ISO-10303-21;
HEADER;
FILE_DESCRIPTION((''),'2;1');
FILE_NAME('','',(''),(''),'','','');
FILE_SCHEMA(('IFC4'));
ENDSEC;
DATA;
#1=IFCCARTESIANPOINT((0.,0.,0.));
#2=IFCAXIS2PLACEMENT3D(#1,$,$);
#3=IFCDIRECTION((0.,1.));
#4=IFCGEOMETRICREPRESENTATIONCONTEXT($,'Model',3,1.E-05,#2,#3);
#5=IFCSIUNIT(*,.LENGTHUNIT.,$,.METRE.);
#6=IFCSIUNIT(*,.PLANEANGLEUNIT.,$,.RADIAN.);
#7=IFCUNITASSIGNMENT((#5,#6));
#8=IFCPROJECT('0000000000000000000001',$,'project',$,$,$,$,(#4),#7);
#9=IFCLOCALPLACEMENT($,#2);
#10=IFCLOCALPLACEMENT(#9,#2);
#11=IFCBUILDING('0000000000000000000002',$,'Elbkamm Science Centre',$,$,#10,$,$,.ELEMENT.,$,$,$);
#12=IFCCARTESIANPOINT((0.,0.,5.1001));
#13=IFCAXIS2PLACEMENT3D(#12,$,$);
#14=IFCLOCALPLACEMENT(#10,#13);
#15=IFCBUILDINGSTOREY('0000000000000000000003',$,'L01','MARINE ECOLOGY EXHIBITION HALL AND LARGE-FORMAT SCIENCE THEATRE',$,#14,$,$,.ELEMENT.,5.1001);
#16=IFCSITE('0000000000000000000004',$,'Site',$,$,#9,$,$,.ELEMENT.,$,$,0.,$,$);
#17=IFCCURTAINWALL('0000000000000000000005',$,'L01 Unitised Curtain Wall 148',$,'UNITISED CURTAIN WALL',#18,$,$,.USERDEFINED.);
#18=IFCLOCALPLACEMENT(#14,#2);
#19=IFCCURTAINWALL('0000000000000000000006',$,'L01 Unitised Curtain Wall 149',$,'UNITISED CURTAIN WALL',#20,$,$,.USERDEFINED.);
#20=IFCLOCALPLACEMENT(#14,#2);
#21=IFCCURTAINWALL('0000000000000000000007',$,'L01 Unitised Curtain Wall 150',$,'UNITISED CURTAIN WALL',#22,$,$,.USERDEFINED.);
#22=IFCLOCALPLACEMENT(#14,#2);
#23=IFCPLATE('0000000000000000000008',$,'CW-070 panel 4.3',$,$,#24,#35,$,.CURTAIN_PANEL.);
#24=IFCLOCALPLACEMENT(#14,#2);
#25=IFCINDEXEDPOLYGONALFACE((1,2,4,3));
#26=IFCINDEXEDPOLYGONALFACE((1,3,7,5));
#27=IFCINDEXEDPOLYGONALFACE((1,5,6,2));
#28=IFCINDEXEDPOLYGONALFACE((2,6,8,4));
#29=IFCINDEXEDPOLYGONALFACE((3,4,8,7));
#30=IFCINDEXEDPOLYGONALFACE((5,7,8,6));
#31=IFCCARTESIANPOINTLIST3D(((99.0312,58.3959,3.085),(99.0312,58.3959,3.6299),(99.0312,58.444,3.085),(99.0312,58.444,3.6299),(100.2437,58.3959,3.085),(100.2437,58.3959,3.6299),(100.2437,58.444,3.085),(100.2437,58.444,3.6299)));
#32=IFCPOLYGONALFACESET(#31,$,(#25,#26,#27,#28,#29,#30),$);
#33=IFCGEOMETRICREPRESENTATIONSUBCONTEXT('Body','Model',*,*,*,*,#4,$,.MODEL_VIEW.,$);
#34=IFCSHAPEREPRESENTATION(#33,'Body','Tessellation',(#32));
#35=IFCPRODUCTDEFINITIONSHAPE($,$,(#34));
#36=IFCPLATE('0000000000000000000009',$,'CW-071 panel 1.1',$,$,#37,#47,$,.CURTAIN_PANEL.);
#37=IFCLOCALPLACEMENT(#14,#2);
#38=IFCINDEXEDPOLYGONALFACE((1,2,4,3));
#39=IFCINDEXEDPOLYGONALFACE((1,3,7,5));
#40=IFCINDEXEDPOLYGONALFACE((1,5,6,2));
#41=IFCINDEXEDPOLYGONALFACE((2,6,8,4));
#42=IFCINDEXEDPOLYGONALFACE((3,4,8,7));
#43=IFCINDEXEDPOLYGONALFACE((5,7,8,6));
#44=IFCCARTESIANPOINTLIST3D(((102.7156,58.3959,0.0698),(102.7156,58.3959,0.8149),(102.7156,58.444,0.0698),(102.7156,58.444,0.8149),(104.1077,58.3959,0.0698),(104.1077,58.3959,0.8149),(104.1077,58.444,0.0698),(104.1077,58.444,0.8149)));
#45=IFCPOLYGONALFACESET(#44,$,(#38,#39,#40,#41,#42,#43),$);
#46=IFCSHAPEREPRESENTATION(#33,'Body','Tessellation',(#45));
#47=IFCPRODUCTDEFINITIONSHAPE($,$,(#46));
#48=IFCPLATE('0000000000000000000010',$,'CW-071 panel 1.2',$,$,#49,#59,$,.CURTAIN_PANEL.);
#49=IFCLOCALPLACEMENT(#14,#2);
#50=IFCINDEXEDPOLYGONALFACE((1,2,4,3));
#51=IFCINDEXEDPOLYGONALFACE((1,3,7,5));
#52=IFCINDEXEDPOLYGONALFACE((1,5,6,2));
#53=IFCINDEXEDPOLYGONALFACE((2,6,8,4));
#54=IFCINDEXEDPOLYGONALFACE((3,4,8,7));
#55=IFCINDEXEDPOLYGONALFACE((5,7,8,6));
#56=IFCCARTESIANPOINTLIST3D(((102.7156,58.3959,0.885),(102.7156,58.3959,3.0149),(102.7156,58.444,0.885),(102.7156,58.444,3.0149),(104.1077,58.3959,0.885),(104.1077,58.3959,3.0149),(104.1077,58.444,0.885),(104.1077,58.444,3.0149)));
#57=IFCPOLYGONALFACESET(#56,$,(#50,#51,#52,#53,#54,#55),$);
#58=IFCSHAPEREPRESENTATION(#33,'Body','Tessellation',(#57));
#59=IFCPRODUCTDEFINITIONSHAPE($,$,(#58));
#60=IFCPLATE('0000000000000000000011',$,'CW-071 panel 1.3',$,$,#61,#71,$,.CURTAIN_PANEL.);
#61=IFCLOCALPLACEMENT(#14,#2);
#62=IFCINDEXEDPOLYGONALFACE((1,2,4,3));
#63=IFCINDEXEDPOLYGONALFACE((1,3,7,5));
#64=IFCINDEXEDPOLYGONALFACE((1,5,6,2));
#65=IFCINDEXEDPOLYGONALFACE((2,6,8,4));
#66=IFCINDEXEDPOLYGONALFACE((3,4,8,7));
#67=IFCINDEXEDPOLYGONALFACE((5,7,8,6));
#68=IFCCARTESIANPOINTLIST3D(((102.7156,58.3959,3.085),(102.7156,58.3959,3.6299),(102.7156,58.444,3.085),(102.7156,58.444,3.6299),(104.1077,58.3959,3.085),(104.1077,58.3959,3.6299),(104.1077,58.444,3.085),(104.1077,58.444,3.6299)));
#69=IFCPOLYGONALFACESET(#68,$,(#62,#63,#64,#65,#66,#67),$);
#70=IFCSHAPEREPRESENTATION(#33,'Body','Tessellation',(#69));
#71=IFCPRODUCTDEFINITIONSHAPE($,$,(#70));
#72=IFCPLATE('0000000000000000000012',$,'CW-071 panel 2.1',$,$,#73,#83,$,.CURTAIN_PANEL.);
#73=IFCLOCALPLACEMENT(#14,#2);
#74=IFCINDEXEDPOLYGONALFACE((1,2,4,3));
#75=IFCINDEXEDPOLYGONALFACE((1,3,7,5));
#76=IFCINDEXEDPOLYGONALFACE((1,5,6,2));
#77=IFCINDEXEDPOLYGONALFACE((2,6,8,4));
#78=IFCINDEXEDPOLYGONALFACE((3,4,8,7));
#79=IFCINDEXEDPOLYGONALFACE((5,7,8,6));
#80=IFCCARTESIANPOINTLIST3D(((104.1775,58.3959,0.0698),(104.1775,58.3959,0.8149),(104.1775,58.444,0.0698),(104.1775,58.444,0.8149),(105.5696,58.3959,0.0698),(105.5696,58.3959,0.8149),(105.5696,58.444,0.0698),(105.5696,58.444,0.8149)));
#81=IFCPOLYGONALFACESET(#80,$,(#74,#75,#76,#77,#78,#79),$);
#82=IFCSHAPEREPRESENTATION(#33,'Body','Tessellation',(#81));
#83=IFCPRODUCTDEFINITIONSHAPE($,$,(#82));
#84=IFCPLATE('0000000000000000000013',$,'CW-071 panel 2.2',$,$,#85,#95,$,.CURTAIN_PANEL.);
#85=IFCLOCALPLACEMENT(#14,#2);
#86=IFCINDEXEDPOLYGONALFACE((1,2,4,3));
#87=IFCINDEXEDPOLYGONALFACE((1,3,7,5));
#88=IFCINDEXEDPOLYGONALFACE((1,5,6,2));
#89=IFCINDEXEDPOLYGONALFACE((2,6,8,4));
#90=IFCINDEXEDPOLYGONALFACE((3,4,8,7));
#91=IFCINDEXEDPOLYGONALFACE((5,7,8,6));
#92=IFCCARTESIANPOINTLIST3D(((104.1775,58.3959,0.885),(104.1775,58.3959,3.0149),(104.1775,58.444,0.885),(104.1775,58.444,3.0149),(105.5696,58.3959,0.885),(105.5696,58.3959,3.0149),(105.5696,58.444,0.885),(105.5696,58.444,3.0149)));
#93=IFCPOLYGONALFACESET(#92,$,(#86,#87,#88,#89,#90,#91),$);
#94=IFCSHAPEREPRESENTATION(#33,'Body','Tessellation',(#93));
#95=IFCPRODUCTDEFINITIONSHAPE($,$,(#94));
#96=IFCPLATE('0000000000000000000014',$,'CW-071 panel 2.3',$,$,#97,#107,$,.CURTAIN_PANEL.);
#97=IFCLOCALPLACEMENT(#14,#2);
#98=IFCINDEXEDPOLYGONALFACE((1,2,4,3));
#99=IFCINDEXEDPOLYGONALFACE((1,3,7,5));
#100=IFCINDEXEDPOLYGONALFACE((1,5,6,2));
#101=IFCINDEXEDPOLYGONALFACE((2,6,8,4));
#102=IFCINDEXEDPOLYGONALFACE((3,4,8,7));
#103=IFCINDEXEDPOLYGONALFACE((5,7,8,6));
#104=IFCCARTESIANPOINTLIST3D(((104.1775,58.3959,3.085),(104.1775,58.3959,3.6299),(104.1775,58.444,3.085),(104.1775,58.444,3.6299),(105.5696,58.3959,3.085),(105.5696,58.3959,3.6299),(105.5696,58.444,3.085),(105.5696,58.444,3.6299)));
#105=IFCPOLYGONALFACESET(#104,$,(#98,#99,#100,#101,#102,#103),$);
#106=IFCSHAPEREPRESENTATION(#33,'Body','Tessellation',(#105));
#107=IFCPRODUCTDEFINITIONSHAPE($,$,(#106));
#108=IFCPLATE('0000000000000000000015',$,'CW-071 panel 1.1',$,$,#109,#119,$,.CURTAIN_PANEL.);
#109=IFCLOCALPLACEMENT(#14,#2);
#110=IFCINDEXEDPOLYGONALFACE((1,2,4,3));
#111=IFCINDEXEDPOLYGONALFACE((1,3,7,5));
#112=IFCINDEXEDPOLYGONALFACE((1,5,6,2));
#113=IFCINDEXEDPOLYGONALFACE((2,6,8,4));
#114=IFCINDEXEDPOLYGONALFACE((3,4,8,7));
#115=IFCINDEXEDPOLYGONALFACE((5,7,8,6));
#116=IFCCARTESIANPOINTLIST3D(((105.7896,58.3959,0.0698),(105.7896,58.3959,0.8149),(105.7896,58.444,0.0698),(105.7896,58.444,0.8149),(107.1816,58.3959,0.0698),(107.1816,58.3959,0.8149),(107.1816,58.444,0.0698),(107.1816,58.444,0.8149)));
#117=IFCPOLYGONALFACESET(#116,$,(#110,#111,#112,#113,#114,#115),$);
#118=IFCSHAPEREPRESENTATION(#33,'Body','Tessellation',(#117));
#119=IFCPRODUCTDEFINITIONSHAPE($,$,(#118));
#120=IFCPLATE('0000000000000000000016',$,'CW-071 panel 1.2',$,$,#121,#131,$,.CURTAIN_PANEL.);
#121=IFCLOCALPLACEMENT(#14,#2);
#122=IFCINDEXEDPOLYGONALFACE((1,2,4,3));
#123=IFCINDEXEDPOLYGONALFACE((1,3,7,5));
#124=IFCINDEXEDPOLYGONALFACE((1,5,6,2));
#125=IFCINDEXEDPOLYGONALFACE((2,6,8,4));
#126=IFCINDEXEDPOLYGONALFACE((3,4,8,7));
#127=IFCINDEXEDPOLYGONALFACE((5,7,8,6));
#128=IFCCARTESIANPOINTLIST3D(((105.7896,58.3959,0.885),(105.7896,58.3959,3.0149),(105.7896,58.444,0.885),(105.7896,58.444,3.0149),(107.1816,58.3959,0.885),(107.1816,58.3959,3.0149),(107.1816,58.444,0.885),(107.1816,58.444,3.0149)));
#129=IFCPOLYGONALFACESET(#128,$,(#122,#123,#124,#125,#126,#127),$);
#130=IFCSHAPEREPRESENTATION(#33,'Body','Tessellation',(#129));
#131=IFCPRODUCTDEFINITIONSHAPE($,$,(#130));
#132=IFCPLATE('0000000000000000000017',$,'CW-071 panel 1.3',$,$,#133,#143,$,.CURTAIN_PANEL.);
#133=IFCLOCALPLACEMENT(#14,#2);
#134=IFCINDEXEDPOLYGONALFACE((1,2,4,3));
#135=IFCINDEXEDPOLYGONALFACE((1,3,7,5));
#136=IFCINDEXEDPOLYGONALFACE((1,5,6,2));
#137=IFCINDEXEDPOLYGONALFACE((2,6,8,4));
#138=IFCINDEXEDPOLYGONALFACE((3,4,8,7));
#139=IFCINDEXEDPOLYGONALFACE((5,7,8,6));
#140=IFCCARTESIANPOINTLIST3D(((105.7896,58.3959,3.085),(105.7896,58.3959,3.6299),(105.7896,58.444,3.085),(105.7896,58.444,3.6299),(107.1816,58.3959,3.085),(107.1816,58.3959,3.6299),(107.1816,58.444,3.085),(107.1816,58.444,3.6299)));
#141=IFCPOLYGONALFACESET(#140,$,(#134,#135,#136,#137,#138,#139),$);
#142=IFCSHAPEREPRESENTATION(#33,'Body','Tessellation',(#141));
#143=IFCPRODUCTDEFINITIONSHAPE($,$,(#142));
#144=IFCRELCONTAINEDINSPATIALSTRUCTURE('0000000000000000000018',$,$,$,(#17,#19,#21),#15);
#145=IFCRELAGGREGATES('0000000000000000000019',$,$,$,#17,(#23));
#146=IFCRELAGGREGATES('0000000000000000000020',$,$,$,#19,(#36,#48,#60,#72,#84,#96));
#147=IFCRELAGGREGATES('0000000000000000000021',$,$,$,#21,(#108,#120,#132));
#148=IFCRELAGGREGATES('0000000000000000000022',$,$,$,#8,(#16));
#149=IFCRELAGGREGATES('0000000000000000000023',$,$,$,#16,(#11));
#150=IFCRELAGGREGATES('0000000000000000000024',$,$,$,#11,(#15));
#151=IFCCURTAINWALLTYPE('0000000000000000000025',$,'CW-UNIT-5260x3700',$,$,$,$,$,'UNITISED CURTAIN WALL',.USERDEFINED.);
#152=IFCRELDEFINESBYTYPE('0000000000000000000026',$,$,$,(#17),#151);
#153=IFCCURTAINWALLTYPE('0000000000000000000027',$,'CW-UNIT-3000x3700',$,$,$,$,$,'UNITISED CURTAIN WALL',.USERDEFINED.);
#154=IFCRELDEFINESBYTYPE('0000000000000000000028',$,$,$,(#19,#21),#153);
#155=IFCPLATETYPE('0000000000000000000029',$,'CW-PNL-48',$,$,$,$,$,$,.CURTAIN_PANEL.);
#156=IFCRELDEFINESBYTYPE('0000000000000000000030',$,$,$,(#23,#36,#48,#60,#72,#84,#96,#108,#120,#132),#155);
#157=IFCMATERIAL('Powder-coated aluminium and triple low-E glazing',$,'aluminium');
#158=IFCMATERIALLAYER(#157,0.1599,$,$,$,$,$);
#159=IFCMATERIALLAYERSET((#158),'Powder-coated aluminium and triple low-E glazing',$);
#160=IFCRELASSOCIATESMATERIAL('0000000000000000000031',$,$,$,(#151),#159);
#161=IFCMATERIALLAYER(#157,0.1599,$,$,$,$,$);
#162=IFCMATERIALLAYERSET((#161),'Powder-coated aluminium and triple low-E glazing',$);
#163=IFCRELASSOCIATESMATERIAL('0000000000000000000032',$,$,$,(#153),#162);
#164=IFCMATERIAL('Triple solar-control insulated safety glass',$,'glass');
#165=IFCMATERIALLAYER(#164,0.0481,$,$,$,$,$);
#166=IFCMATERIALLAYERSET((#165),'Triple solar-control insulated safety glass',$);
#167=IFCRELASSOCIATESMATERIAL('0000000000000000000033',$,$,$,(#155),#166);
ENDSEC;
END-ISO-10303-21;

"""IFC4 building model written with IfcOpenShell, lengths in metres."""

from ifc_helpers import new_model, si_unit, direction, frame, origin, origin_2d, place, context, subcontext, project, spatial, rectangle, extrude, material, layer, layer_set, type_object, element, aggregate, save


model = new_model("IFC4")

# Units and contexts
model_context = context("Model", 3, precision=1e-05, world=origin(), true_north=direction((0.0, 1.0)))
body_context = subcontext(model_context, "Body", "Model", "MODEL_VIEW")
ifc_project = project(units=[si_unit("LENGTHUNIT", "METRE"), si_unit("PLANEANGLEUNIT", "RADIAN")], contexts=[model_context])

# Site, building, storey
site_placement = place(None, origin())
site = spatial("IfcSite", under=ifc_project, at=site_placement, Name="Site", CompositionType="ELEMENT", RefElevation=0.0)
building_placement = place(site_placement, origin())
building = spatial("IfcBuilding", under=site, at=building_placement, Name="Elbkamm Science Centre", CompositionType="ELEMENT")
storey_placement = place(building_placement, frame((0.0, 0.0, 5.1001)))
storey = spatial("IfcBuildingStorey", under=building, at=storey_placement, Name="L01", Description="MARINE ECOLOGY EXHIBITION HALL AND LARGE-FORMAT SCIENCE THEATRE", CompositionType="ELEMENT", Elevation=5.1001)

# Curtain wall
ifc_material_1 = material(Name="Powder-coated aluminium and triple low-E glazing", Category="aluminium")
ifc_layer_1 = layer(ifc_material_1, 0.1599)
ifc_layer_set_1 = layer_set([ifc_layer_1], Name="Powder-coated aluminium and triple low-E glazing")
curtain_wall_type_1 = type_object("IfcCurtainWallType", Name="CW-UNIT-5260x3700", ElementType="UNITISED CURTAIN WALL", PredefinedType="USERDEFINED", material=ifc_layer_set_1)
curtain_wall_1_placement = place(storey_placement, origin())
curtain_wall_1 = element("IfcCurtainWall", 1, at=curtain_wall_1_placement, inside=storey, type_object=curtain_wall_type_1, Name="L01 Unitised Curtain Wall 148", ObjectType="UNITISED CURTAIN WALL", PredefinedType="USERDEFINED")

# Curtain wall
ifc_layer_2 = layer(ifc_material_1, 0.1599)
ifc_layer_set_2 = layer_set([ifc_layer_2], Name="Powder-coated aluminium and triple low-E glazing")
curtain_wall_type_2 = type_object("IfcCurtainWallType", Name="CW-UNIT-3000x3700", ElementType="UNITISED CURTAIN WALL", PredefinedType="USERDEFINED", material=ifc_layer_set_2)
curtain_wall_2_placement = place(storey_placement, origin())
curtain_wall_2 = element("IfcCurtainWall", 2, at=curtain_wall_2_placement, inside=storey, type_object=curtain_wall_type_2, Name="L01 Unitised Curtain Wall 149", ObjectType="UNITISED CURTAIN WALL", PredefinedType="USERDEFINED")

# Curtain wall
curtain_wall_3_placement = place(storey_placement, origin())
curtain_wall_3 = element("IfcCurtainWall", 3, at=curtain_wall_3_placement, inside=storey, type_object=curtain_wall_type_2, Name="L01 Unitised Curtain Wall 150", ObjectType="UNITISED CURTAIN WALL", PredefinedType="USERDEFINED")

# Plates
ifc_material_2 = material(Name="Triple solar-control insulated safety glass", Category="glass")
ifc_layer_3 = layer(ifc_material_2, 0.0481)
ifc_layer_set_3 = layer_set([ifc_layer_3], Name="Triple solar-control insulated safety glass")
plate_type = type_object("IfcPlateType", Name="CW-PNL-48", PredefinedType="CURTAIN_PANEL", material=ifc_layer_set_3)
plate_1_placement = place(storey_placement, frame((99.6375, 58.4199, 3.085), z_axis=(0.0, 0.0, 1.0), x_axis=(1.0, 0.0, 0.0)))
plate_1 = element("IfcPlate", 4, at=plate_1_placement, type_object=plate_type, Name="CW-070 panel 4.3", PredefinedType="CURTAIN_PANEL", context=body_context, shape_type="SweptSolid", body=[
    extrude(rectangle(XDim=1.2124, YDim=0.0481, at=origin_2d()), origin(), (0.0, 0.0, 1.0), 0.5449),
])
aggregate(curtain_wall_1, [plate_1])
plate_2_placement = place(storey_placement, frame((103.4116, 58.4199, 0.0698), z_axis=(0.0, 0.0, 1.0), x_axis=(1.0, 0.0, 0.0)))
plate_2 = element("IfcPlate", 5, at=plate_2_placement, type_object=plate_type, Name="CW-071 panel 1.1", PredefinedType="CURTAIN_PANEL", context=body_context, shape_type="SweptSolid", body=[
    extrude(rectangle(XDim=1.3921, YDim=0.0481, at=origin_2d()), origin(), (0.0, 0.0, 1.0), 0.7451),
])
plate_3_placement = place(storey_placement, frame((103.4116, 58.4199, 0.885), z_axis=(0.0, 0.0, 1.0), x_axis=(1.0, 0.0, 0.0)))
plate_3 = element("IfcPlate", 6, at=plate_3_placement, type_object=plate_type, Name="CW-071 panel 1.2", PredefinedType="CURTAIN_PANEL", context=body_context, shape_type="SweptSolid", body=[
    extrude(rectangle(XDim=1.3921, YDim=0.0481, at=origin_2d()), origin(), (0.0, 0.0, 1.0), 2.1299),
])
plate_4_placement = place(storey_placement, frame((103.4116, 58.4199, 3.085), z_axis=(0.0, 0.0, 1.0), x_axis=(1.0, 0.0, 0.0)))
plate_4 = element("IfcPlate", 7, at=plate_4_placement, type_object=plate_type, Name="CW-071 panel 1.3", PredefinedType="CURTAIN_PANEL", context=body_context, shape_type="SweptSolid", body=[
    extrude(rectangle(XDim=1.3921, YDim=0.0481, at=origin_2d()), origin(), (0.0, 0.0, 1.0), 0.5449),
])
plate_5_placement = place(storey_placement, frame((104.8735, 58.4199, 0.0698), z_axis=(0.0, 0.0, 1.0), x_axis=(1.0, 0.0, 0.0)))
plate_5 = element("IfcPlate", 8, at=plate_5_placement, type_object=plate_type, Name="CW-071 panel 2.1", PredefinedType="CURTAIN_PANEL", context=body_context, shape_type="SweptSolid", body=[
    extrude(rectangle(XDim=1.3921, YDim=0.0481, at=origin_2d()), origin(), (0.0, 0.0, 1.0), 0.7451),
])
plate_6_placement = place(storey_placement, frame((104.8735, 58.4199, 0.885), z_axis=(0.0, 0.0, 1.0), x_axis=(1.0, 0.0, 0.0)))
plate_6 = element("IfcPlate", 9, at=plate_6_placement, type_object=plate_type, Name="CW-071 panel 2.2", PredefinedType="CURTAIN_PANEL", context=body_context, shape_type="SweptSolid", body=[
    extrude(rectangle(XDim=1.3921, YDim=0.0481, at=origin_2d()), origin(), (0.0, 0.0, 1.0), 2.1299),
])
plate_7_placement = place(storey_placement, frame((104.8735, 58.4199, 3.085), z_axis=(0.0, 0.0, 1.0), x_axis=(1.0, 0.0, 0.0)))
plate_7 = element("IfcPlate", 10, at=plate_7_placement, type_object=plate_type, Name="CW-071 panel 2.3", PredefinedType="CURTAIN_PANEL", context=body_context, shape_type="SweptSolid", body=[
    extrude(rectangle(XDim=1.3921, YDim=0.0481, at=origin_2d()), origin(), (0.0, 0.0, 1.0), 0.5449),
])
aggregate(curtain_wall_2, [plate_2, plate_3, plate_4, plate_5, plate_6, plate_7])
plate_8_placement = place(storey_placement, frame((106.4856, 58.4199, 0.0698), z_axis=(0.0, 0.0, 1.0), x_axis=(1.0, 0.0, 0.0)))
plate_8 = element("IfcPlate", 11, at=plate_8_placement, type_object=plate_type, Name="CW-071 panel 1.1", PredefinedType="CURTAIN_PANEL", context=body_context, shape_type="SweptSolid", body=[
    extrude(rectangle(XDim=1.3921, YDim=0.0481, at=origin_2d()), origin(), (0.0, 0.0, 1.0), 0.7451),
])
plate_9_placement = place(storey_placement, frame((106.4856, 58.4199, 0.885), z_axis=(0.0, 0.0, 1.0), x_axis=(1.0, 0.0, 0.0)))
plate_9 = element("IfcPlate", 12, at=plate_9_placement, type_object=plate_type, Name="CW-071 panel 1.2", PredefinedType="CURTAIN_PANEL", context=body_context, shape_type="SweptSolid", body=[
    extrude(rectangle(XDim=1.3921, YDim=0.0481, at=origin_2d()), origin(), (0.0, 0.0, 1.0), 2.1299),
])
plate_10_placement = place(storey_placement, frame((106.4856, 58.4199, 3.085), z_axis=(0.0, 0.0, 1.0), x_axis=(1.0, 0.0, 0.0)))
plate_10 = element("IfcPlate", 13, at=plate_10_placement, type_object=plate_type, Name="CW-071 panel 1.3", PredefinedType="CURTAIN_PANEL", context=body_context, shape_type="SweptSolid", body=[
    extrude(rectangle(XDim=1.3921, YDim=0.0481, at=origin_2d()), origin(), (0.0, 0.0, 1.0), 0.5449),
])
aggregate(curtain_wall_3, [plate_8, plate_9, plate_10])

save(model, "model.ifc")
